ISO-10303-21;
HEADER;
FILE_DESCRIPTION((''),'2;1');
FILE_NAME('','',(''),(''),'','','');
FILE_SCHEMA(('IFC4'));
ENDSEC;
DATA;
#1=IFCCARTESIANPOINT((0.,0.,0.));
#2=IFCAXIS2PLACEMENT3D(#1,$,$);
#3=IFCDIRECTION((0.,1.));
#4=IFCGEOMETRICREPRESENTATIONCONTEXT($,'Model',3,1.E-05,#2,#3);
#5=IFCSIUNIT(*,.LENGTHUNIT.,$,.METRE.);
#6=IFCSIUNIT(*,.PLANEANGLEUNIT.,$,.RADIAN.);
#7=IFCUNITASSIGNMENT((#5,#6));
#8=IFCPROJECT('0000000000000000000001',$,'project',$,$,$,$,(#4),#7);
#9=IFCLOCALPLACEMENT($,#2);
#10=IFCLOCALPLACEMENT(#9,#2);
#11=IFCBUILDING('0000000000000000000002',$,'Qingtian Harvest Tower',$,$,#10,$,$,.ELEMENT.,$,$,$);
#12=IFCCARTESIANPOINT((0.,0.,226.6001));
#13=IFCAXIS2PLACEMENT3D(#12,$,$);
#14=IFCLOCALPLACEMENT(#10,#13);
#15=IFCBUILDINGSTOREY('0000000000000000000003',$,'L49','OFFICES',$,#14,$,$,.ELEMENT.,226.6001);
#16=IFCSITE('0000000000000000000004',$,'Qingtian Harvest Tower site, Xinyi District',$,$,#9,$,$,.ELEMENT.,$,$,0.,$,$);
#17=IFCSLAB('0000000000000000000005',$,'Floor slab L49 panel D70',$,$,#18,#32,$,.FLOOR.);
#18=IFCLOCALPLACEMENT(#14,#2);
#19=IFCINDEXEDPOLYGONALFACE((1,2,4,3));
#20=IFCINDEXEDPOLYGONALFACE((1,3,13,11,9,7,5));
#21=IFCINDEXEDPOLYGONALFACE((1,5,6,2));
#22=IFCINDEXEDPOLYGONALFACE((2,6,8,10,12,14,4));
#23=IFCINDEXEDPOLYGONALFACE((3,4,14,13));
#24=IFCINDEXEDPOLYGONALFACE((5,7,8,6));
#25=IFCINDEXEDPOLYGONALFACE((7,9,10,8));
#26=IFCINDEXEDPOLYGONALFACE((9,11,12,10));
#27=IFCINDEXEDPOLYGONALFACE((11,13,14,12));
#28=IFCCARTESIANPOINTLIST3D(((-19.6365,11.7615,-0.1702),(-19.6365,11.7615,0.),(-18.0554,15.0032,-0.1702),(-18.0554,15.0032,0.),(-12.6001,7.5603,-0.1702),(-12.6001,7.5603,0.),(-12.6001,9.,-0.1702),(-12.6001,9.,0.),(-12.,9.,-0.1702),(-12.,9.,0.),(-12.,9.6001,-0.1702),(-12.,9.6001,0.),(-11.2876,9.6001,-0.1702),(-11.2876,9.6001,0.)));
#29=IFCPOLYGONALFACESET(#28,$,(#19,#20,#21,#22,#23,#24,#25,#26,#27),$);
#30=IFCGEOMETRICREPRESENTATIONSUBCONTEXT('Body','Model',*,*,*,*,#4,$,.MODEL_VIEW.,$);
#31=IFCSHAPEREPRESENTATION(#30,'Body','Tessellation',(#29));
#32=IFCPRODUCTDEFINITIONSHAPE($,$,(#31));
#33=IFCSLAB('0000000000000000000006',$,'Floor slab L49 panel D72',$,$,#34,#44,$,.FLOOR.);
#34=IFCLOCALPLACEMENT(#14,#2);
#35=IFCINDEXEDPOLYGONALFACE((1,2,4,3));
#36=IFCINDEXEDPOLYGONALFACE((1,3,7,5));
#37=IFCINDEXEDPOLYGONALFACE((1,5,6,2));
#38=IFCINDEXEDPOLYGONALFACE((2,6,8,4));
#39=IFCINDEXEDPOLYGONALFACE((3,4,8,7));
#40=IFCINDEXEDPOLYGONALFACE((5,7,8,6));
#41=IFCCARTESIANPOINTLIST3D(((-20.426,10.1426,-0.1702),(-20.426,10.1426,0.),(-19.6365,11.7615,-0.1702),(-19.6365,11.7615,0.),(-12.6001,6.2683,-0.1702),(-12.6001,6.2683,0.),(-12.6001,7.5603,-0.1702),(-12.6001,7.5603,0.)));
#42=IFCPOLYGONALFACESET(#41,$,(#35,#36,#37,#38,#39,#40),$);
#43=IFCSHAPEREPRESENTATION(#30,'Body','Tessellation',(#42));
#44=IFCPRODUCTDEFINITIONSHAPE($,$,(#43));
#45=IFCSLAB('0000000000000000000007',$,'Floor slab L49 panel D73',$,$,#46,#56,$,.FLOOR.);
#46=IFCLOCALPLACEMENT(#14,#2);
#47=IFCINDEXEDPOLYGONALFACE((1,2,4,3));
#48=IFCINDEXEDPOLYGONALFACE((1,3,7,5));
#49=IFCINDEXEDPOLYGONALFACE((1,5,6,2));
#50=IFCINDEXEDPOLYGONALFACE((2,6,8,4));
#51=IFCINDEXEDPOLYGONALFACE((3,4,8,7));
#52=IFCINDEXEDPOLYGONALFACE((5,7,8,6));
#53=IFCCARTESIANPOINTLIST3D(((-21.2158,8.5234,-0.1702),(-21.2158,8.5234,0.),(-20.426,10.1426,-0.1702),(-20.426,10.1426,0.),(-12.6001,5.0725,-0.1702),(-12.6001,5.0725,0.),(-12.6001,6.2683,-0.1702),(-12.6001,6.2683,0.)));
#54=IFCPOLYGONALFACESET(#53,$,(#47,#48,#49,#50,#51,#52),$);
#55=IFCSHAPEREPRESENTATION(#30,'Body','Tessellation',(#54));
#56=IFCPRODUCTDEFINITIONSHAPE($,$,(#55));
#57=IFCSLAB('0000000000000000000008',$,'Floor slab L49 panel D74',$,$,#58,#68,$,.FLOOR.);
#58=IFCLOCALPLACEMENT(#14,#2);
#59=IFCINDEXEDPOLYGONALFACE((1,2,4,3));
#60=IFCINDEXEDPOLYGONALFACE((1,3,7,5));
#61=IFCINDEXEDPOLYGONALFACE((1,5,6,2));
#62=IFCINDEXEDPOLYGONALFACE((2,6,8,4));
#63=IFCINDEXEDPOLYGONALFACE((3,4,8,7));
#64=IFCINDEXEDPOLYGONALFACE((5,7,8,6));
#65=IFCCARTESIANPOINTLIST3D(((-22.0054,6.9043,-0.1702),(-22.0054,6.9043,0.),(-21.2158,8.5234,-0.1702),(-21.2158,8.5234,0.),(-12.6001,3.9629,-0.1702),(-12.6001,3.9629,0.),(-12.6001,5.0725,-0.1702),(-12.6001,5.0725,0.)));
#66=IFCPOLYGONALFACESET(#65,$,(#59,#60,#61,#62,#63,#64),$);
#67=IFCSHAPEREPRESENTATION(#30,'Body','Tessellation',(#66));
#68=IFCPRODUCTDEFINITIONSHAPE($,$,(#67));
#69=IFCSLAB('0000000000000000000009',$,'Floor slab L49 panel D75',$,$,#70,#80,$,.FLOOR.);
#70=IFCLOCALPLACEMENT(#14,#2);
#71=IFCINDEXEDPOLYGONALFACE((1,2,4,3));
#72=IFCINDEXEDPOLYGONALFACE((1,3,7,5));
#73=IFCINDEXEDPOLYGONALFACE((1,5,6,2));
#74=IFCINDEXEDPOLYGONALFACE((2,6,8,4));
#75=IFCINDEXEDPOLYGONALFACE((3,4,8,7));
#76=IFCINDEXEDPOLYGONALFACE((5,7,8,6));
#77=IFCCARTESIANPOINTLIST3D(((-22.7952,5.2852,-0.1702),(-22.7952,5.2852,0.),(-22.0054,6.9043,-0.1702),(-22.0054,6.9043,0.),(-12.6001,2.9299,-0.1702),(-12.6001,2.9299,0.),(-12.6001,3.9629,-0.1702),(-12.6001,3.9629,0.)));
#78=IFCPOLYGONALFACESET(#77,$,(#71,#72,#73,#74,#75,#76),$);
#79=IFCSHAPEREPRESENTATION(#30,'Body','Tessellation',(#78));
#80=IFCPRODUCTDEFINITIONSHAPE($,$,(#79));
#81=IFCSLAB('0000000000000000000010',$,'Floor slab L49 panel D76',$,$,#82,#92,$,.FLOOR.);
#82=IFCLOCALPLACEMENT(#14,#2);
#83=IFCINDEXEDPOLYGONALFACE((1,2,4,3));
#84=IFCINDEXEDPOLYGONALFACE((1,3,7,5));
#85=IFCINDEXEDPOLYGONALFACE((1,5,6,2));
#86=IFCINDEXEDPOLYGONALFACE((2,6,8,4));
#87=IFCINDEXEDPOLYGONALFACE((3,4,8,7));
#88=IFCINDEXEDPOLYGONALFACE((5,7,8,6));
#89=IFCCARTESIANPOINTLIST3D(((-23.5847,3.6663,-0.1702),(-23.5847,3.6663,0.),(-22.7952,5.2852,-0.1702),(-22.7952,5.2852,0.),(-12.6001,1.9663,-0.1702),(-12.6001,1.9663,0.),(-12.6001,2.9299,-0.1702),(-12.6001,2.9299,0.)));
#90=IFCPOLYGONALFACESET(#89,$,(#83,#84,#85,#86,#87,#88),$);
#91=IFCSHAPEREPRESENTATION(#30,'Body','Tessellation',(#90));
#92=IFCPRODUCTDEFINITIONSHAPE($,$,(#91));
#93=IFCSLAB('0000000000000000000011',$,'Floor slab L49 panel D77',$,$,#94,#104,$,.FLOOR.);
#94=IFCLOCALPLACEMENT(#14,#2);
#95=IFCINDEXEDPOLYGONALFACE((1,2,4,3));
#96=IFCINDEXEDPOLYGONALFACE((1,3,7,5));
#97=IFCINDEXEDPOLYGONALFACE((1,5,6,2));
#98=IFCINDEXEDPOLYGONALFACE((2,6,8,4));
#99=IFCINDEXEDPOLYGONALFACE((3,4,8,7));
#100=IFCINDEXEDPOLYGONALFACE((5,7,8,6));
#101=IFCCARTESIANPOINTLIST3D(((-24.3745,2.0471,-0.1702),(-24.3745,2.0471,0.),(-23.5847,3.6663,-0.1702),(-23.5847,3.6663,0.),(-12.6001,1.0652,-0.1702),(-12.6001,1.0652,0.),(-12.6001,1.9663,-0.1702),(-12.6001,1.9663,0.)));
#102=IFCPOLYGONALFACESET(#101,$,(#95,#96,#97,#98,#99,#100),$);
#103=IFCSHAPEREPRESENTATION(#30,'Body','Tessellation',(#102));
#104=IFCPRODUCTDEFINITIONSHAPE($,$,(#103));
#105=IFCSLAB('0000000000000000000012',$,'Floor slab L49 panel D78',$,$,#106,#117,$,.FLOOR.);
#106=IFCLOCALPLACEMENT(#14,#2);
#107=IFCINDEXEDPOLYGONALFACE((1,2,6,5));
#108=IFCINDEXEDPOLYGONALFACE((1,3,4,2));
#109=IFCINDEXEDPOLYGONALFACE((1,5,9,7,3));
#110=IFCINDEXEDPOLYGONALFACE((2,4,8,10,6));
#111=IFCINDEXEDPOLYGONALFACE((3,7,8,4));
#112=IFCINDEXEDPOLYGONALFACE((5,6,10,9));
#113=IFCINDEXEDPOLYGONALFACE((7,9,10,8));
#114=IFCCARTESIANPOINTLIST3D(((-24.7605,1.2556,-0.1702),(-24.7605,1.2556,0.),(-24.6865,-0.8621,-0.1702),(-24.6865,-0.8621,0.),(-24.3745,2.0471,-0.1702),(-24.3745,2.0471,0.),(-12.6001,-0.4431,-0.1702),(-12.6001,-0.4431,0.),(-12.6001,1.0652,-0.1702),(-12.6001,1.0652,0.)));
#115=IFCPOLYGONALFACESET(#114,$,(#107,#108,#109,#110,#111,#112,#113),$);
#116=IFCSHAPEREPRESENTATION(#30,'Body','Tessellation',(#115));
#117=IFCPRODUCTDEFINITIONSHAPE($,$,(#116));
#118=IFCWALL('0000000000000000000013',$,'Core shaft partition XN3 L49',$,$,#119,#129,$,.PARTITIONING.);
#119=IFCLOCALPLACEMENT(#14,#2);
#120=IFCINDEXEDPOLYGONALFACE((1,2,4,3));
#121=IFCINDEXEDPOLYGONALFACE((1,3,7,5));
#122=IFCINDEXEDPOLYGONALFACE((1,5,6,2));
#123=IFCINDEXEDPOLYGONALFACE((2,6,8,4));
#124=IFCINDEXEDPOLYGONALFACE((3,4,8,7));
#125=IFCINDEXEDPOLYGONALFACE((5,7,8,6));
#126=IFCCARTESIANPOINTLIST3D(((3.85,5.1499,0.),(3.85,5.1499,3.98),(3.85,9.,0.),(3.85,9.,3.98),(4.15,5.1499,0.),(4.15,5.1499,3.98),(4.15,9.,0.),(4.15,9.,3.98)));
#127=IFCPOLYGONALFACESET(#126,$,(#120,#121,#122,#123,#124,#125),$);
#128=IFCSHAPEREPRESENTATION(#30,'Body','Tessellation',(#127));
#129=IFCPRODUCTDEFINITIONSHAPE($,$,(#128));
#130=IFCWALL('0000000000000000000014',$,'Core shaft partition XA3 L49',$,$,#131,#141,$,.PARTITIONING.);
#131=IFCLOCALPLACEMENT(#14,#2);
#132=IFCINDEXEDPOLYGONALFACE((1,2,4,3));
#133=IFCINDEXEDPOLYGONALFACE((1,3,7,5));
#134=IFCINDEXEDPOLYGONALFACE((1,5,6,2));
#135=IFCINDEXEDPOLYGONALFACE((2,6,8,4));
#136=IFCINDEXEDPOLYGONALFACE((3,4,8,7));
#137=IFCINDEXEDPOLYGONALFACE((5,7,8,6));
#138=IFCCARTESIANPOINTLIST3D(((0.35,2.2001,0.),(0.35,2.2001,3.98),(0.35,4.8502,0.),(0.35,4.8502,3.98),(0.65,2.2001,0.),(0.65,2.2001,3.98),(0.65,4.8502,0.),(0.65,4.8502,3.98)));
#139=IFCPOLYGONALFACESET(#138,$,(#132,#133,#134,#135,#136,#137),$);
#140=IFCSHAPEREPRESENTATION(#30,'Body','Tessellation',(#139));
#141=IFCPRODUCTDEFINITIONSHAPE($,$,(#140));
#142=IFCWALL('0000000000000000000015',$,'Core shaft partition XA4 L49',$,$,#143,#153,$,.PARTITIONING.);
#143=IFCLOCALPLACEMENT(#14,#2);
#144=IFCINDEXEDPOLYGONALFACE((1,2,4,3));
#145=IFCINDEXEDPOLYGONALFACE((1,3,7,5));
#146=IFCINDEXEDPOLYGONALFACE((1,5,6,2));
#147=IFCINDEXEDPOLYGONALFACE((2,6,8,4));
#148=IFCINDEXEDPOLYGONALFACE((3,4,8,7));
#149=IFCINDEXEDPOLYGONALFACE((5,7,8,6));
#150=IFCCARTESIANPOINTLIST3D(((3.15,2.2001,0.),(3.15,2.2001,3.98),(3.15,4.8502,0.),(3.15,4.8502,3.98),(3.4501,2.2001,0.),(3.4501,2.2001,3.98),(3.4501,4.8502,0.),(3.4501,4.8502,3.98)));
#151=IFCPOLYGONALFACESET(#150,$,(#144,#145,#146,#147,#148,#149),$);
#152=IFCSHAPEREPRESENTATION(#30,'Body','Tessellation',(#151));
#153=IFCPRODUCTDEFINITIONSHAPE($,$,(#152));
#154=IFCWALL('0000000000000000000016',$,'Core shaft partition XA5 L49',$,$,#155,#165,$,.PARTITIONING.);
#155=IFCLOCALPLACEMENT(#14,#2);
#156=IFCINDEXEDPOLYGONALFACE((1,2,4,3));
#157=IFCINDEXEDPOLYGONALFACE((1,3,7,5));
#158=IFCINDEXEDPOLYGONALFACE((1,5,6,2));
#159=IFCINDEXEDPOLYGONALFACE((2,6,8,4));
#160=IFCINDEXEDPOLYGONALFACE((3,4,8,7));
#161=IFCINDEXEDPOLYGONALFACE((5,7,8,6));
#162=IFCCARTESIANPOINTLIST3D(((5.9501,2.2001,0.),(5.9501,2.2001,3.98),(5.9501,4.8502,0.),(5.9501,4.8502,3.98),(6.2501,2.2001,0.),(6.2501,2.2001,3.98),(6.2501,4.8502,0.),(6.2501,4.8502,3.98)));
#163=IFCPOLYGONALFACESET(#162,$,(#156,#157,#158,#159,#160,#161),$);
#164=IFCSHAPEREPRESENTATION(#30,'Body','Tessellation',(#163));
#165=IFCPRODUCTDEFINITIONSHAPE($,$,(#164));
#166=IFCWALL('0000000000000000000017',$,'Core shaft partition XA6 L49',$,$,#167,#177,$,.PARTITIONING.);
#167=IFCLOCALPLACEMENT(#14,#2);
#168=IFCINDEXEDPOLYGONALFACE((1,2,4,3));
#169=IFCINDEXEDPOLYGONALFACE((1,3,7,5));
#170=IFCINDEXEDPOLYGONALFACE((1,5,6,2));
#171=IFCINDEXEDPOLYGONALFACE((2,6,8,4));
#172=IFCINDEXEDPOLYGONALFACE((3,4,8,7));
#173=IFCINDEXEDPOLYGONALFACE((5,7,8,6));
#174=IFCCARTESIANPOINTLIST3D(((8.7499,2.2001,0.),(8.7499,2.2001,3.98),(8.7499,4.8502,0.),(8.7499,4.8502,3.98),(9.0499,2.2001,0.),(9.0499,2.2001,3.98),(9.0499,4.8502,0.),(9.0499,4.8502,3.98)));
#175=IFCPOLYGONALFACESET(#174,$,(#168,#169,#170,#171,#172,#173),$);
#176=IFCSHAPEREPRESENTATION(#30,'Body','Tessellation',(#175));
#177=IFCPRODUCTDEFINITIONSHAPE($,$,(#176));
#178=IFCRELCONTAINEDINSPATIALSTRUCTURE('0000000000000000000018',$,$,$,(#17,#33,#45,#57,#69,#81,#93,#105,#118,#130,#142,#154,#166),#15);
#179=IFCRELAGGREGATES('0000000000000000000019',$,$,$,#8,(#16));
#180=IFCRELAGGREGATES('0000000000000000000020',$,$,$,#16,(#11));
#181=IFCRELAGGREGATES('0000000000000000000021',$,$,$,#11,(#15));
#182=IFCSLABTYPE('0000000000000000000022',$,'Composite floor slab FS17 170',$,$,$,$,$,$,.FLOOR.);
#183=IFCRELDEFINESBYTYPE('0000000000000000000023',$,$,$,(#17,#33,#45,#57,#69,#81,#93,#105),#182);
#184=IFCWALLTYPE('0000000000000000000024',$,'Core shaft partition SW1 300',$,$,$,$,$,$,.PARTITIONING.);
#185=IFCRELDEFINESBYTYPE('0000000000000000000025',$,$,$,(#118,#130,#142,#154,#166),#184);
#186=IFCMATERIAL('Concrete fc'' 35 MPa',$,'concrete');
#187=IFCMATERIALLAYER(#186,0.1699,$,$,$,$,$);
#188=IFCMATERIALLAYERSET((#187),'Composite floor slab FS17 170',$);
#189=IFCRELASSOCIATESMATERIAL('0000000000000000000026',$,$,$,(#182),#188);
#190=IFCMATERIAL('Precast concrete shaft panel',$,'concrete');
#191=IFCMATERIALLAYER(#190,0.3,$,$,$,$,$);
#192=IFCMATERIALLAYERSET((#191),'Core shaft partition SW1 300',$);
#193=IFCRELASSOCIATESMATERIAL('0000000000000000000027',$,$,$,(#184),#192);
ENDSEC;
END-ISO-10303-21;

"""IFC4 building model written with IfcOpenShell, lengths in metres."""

from ifc_helpers import new_model, si_unit, direction, frame, frame_2d, origin, place, context, subcontext, project, spatial, polyline, rectangle, outline, extrude, material, layer, layer_set, type_object, element, save


model = new_model("IFC4")

# Units and contexts
model_context = context("Model", 3, precision=1e-05, world=origin(), true_north=direction((0.0, 1.0)))
body_context = subcontext(model_context, "Body", "Model", "MODEL_VIEW")
ifc_project = project(units=[si_unit("LENGTHUNIT", "METRE"), si_unit("PLANEANGLEUNIT", "RADIAN")], contexts=[model_context])

# Site, building, storey
site_placement = place(None, origin())
site = spatial("IfcSite", under=ifc_project, at=site_placement, Name="Qingtian Harvest Tower site, Xinyi District", CompositionType="ELEMENT", RefElevation=0.0)
building_placement = place(site_placement, origin())
building = spatial("IfcBuilding", under=site, at=building_placement, Name="Qingtian Harvest Tower", CompositionType="ELEMENT")
storey_placement = place(building_placement, frame((0.0, 0.0, 226.6001)))
storey = spatial("IfcBuildingStorey", under=building, at=storey_placement, Name="L49", Description="OFFICES", CompositionType="ELEMENT", Elevation=226.6001)

# Slabs
ifc_material_1 = material(Name="Concrete fc' 35 MPa", Category="concrete")
ifc_layer_1 = layer(ifc_material_1, 0.1699)
ifc_layer_set_1 = layer_set([ifc_layer_1], Name="Composite floor slab FS17 170")
slab_type = type_object("IfcSlabType", Name="Composite floor slab FS17 170", PredefinedType="FLOOR", material=ifc_layer_set_1)
slab_1_placement = place(storey_placement, frame((0.0, 0.0, -0.1702)))
element("IfcSlab", 1, at=slab_1_placement, inside=storey, type_object=slab_type, Name="Floor slab L49 panel D70", PredefinedType="FLOOR", context=body_context, shape_type="SweptSolid", body=[
    extrude(outline(polyline([(-12.0, 9.0), (-12.6001, 9.0), (-12.6001, 7.5603), (-19.6365, 11.7615), (-18.0554, 15.0032), (-11.2876, 9.6001), (-12.0, 9.6001), (-12.0, 9.0)])), origin(), (0.0, 0.0, 1.0), 0.1702),
])
slab_2_placement = place(storey_placement, frame((0.0, 0.0, -0.1702)))
element("IfcSlab", 2, at=slab_2_placement, inside=storey, type_object=slab_type, Name="Floor slab L49 panel D72", PredefinedType="FLOOR", context=body_context, shape_type="SweptSolid", body=[
    extrude(outline(polyline([(-12.6001, 6.2683), (-20.426, 10.1426), (-19.6365, 11.7615), (-12.6001, 7.5603), (-12.6001, 6.2683)])), origin(), (0.0, 0.0, 1.0), 0.1702),
])
slab_3_placement = place(storey_placement, frame((0.0, 0.0, -0.1702)))
element("IfcSlab", 3, at=slab_3_placement, inside=storey, type_object=slab_type, Name="Floor slab L49 panel D73", PredefinedType="FLOOR", context=body_context, shape_type="SweptSolid", body=[
    extrude(outline(polyline([(-12.6001, 5.0725), (-21.2158, 8.5234), (-20.426, 10.1426), (-12.6001, 6.2683), (-12.6001, 5.0725)])), origin(), (0.0, 0.0, 1.0), 0.1702),
])
slab_4_placement = place(storey_placement, frame((0.0, 0.0, -0.1702)))
element("IfcSlab", 4, at=slab_4_placement, inside=storey, type_object=slab_type, Name="Floor slab L49 panel D74", PredefinedType="FLOOR", context=body_context, shape_type="SweptSolid", body=[
    extrude(outline(polyline([(-12.6001, 3.9629), (-22.0054, 6.9043), (-21.2158, 8.5234), (-12.6001, 5.0725), (-12.6001, 3.9629)])), origin(), (0.0, 0.0, 1.0), 0.1702),
])
slab_5_placement = place(storey_placement, frame((0.0, 0.0, -0.1702)))
element("IfcSlab", 5, at=slab_5_placement, inside=storey, type_object=slab_type, Name="Floor slab L49 panel D75", PredefinedType="FLOOR", context=body_context, shape_type="SweptSolid", body=[
    extrude(outline(polyline([(-12.6001, 2.9299), (-22.7952, 5.2852), (-22.0054, 6.9043), (-12.6001, 3.9629), (-12.6001, 2.9299)])), origin(), (0.0, 0.0, 1.0), 0.1702),
])
slab_6_placement = place(storey_placement, frame((0.0, 0.0, -0.1702)))
element("IfcSlab", 6, at=slab_6_placement, inside=storey, type_object=slab_type, Name="Floor slab L49 panel D76", PredefinedType="FLOOR", context=body_context, shape_type="SweptSolid", body=[
    extrude(outline(polyline([(-12.6001, 1.9663), (-23.5847, 3.6663), (-22.7952, 5.2852), (-12.6001, 2.9299), (-12.6001, 1.9663)])), origin(), (0.0, 0.0, 1.0), 0.1702),
])
slab_7_placement = place(storey_placement, frame((0.0, 0.0, -0.1702)))
element("IfcSlab", 7, at=slab_7_placement, inside=storey, type_object=slab_type, Name="Floor slab L49 panel D77", PredefinedType="FLOOR", context=body_context, shape_type="SweptSolid", body=[
    extrude(outline(polyline([(-12.6001, 1.0652), (-24.3745, 2.0471), (-23.5847, 3.6663), (-12.6001, 1.9663), (-12.6001, 1.0652)])), origin(), (0.0, 0.0, 1.0), 0.1702),
])
slab_8_placement = place(storey_placement, frame((0.0, 0.0, -0.1702)))
element("IfcSlab", 8, at=slab_8_placement, inside=storey, type_object=slab_type, Name="Floor slab L49 panel D78", PredefinedType="FLOOR", context=body_context, shape_type="SweptSolid", body=[
    extrude(outline(polyline([(-12.6001, 1.0652), (-12.6001, -0.4431), (-24.6865, -0.8621), (-24.7605, 1.2556), (-24.3745, 2.0471), (-12.6001, 1.0652)])), origin(), (0.0, 0.0, 1.0), 0.1702),
])

# Shared definitions
ifc_material_2 = material(Name="Precast concrete shaft panel", Category="concrete")
ifc_layer_2 = layer(ifc_material_2, 0.3)
ifc_layer_set_2 = layer_set([ifc_layer_2], Name="Core shaft partition SW1 300")
wall_type = type_object("IfcWallType", Name="Core shaft partition SW1 300", PredefinedType="PARTITIONING", material=ifc_layer_set_2)

# Walls
wall_1_placement = place(storey_placement, frame((4.0, 5.1499, 0.0), z_axis=(0.0, 0.0, 1.0), x_axis=(0.0, 1.0, 0.0)))
element("IfcWall", 9, at=wall_1_placement, inside=storey, type_object=wall_type, Name="Core shaft partition XN3 L49", PredefinedType="PARTITIONING", context=body_context, shape_type="SweptSolid", body=[
    extrude(rectangle(XDim=3.8501, YDim=0.3, at=frame_2d((1.925, 0.0))), origin(), (0.0, 0.0, 1.0), 3.98),
])
for number, where, z_axis, x_axis, name in (
    (10, (0.5, 2.2, 0.0), (0.0, 0.0, 1.0), (0.0, 1.0, 0.0), "Core shaft partition XA3 L49"),
    (11, (3.3, 2.2, 0.0), (0.0, 0.0, 1.0), (0.0, 1.0, 0.0), "Core shaft partition XA4 L49"),
    (12, (6.1001, 2.2, 0.0), (0.0, 0.0, 1.0), (0.0, 1.0, 0.0), "Core shaft partition XA5 L49"),
    (13, (8.8999, 2.2, 0.0), (0.0, 0.0, 1.0), (0.0, 1.0, 0.0), "Core shaft partition XA6 L49"),
):
    element("IfcWall", number, at=place(storey_placement, frame(where, z_axis=z_axis, x_axis=x_axis)), inside=storey, type_object=wall_type, Name=name, PredefinedType="PARTITIONING", context=body_context, shape_type="SweptSolid", body=[
        extrude(rectangle(XDim=2.6501, YDim=0.3, at=frame_2d((1.3252, 0.0))), origin(), (0.0, 0.0, 1.0), 3.98),
    ])

save(model, "model.ifc")
